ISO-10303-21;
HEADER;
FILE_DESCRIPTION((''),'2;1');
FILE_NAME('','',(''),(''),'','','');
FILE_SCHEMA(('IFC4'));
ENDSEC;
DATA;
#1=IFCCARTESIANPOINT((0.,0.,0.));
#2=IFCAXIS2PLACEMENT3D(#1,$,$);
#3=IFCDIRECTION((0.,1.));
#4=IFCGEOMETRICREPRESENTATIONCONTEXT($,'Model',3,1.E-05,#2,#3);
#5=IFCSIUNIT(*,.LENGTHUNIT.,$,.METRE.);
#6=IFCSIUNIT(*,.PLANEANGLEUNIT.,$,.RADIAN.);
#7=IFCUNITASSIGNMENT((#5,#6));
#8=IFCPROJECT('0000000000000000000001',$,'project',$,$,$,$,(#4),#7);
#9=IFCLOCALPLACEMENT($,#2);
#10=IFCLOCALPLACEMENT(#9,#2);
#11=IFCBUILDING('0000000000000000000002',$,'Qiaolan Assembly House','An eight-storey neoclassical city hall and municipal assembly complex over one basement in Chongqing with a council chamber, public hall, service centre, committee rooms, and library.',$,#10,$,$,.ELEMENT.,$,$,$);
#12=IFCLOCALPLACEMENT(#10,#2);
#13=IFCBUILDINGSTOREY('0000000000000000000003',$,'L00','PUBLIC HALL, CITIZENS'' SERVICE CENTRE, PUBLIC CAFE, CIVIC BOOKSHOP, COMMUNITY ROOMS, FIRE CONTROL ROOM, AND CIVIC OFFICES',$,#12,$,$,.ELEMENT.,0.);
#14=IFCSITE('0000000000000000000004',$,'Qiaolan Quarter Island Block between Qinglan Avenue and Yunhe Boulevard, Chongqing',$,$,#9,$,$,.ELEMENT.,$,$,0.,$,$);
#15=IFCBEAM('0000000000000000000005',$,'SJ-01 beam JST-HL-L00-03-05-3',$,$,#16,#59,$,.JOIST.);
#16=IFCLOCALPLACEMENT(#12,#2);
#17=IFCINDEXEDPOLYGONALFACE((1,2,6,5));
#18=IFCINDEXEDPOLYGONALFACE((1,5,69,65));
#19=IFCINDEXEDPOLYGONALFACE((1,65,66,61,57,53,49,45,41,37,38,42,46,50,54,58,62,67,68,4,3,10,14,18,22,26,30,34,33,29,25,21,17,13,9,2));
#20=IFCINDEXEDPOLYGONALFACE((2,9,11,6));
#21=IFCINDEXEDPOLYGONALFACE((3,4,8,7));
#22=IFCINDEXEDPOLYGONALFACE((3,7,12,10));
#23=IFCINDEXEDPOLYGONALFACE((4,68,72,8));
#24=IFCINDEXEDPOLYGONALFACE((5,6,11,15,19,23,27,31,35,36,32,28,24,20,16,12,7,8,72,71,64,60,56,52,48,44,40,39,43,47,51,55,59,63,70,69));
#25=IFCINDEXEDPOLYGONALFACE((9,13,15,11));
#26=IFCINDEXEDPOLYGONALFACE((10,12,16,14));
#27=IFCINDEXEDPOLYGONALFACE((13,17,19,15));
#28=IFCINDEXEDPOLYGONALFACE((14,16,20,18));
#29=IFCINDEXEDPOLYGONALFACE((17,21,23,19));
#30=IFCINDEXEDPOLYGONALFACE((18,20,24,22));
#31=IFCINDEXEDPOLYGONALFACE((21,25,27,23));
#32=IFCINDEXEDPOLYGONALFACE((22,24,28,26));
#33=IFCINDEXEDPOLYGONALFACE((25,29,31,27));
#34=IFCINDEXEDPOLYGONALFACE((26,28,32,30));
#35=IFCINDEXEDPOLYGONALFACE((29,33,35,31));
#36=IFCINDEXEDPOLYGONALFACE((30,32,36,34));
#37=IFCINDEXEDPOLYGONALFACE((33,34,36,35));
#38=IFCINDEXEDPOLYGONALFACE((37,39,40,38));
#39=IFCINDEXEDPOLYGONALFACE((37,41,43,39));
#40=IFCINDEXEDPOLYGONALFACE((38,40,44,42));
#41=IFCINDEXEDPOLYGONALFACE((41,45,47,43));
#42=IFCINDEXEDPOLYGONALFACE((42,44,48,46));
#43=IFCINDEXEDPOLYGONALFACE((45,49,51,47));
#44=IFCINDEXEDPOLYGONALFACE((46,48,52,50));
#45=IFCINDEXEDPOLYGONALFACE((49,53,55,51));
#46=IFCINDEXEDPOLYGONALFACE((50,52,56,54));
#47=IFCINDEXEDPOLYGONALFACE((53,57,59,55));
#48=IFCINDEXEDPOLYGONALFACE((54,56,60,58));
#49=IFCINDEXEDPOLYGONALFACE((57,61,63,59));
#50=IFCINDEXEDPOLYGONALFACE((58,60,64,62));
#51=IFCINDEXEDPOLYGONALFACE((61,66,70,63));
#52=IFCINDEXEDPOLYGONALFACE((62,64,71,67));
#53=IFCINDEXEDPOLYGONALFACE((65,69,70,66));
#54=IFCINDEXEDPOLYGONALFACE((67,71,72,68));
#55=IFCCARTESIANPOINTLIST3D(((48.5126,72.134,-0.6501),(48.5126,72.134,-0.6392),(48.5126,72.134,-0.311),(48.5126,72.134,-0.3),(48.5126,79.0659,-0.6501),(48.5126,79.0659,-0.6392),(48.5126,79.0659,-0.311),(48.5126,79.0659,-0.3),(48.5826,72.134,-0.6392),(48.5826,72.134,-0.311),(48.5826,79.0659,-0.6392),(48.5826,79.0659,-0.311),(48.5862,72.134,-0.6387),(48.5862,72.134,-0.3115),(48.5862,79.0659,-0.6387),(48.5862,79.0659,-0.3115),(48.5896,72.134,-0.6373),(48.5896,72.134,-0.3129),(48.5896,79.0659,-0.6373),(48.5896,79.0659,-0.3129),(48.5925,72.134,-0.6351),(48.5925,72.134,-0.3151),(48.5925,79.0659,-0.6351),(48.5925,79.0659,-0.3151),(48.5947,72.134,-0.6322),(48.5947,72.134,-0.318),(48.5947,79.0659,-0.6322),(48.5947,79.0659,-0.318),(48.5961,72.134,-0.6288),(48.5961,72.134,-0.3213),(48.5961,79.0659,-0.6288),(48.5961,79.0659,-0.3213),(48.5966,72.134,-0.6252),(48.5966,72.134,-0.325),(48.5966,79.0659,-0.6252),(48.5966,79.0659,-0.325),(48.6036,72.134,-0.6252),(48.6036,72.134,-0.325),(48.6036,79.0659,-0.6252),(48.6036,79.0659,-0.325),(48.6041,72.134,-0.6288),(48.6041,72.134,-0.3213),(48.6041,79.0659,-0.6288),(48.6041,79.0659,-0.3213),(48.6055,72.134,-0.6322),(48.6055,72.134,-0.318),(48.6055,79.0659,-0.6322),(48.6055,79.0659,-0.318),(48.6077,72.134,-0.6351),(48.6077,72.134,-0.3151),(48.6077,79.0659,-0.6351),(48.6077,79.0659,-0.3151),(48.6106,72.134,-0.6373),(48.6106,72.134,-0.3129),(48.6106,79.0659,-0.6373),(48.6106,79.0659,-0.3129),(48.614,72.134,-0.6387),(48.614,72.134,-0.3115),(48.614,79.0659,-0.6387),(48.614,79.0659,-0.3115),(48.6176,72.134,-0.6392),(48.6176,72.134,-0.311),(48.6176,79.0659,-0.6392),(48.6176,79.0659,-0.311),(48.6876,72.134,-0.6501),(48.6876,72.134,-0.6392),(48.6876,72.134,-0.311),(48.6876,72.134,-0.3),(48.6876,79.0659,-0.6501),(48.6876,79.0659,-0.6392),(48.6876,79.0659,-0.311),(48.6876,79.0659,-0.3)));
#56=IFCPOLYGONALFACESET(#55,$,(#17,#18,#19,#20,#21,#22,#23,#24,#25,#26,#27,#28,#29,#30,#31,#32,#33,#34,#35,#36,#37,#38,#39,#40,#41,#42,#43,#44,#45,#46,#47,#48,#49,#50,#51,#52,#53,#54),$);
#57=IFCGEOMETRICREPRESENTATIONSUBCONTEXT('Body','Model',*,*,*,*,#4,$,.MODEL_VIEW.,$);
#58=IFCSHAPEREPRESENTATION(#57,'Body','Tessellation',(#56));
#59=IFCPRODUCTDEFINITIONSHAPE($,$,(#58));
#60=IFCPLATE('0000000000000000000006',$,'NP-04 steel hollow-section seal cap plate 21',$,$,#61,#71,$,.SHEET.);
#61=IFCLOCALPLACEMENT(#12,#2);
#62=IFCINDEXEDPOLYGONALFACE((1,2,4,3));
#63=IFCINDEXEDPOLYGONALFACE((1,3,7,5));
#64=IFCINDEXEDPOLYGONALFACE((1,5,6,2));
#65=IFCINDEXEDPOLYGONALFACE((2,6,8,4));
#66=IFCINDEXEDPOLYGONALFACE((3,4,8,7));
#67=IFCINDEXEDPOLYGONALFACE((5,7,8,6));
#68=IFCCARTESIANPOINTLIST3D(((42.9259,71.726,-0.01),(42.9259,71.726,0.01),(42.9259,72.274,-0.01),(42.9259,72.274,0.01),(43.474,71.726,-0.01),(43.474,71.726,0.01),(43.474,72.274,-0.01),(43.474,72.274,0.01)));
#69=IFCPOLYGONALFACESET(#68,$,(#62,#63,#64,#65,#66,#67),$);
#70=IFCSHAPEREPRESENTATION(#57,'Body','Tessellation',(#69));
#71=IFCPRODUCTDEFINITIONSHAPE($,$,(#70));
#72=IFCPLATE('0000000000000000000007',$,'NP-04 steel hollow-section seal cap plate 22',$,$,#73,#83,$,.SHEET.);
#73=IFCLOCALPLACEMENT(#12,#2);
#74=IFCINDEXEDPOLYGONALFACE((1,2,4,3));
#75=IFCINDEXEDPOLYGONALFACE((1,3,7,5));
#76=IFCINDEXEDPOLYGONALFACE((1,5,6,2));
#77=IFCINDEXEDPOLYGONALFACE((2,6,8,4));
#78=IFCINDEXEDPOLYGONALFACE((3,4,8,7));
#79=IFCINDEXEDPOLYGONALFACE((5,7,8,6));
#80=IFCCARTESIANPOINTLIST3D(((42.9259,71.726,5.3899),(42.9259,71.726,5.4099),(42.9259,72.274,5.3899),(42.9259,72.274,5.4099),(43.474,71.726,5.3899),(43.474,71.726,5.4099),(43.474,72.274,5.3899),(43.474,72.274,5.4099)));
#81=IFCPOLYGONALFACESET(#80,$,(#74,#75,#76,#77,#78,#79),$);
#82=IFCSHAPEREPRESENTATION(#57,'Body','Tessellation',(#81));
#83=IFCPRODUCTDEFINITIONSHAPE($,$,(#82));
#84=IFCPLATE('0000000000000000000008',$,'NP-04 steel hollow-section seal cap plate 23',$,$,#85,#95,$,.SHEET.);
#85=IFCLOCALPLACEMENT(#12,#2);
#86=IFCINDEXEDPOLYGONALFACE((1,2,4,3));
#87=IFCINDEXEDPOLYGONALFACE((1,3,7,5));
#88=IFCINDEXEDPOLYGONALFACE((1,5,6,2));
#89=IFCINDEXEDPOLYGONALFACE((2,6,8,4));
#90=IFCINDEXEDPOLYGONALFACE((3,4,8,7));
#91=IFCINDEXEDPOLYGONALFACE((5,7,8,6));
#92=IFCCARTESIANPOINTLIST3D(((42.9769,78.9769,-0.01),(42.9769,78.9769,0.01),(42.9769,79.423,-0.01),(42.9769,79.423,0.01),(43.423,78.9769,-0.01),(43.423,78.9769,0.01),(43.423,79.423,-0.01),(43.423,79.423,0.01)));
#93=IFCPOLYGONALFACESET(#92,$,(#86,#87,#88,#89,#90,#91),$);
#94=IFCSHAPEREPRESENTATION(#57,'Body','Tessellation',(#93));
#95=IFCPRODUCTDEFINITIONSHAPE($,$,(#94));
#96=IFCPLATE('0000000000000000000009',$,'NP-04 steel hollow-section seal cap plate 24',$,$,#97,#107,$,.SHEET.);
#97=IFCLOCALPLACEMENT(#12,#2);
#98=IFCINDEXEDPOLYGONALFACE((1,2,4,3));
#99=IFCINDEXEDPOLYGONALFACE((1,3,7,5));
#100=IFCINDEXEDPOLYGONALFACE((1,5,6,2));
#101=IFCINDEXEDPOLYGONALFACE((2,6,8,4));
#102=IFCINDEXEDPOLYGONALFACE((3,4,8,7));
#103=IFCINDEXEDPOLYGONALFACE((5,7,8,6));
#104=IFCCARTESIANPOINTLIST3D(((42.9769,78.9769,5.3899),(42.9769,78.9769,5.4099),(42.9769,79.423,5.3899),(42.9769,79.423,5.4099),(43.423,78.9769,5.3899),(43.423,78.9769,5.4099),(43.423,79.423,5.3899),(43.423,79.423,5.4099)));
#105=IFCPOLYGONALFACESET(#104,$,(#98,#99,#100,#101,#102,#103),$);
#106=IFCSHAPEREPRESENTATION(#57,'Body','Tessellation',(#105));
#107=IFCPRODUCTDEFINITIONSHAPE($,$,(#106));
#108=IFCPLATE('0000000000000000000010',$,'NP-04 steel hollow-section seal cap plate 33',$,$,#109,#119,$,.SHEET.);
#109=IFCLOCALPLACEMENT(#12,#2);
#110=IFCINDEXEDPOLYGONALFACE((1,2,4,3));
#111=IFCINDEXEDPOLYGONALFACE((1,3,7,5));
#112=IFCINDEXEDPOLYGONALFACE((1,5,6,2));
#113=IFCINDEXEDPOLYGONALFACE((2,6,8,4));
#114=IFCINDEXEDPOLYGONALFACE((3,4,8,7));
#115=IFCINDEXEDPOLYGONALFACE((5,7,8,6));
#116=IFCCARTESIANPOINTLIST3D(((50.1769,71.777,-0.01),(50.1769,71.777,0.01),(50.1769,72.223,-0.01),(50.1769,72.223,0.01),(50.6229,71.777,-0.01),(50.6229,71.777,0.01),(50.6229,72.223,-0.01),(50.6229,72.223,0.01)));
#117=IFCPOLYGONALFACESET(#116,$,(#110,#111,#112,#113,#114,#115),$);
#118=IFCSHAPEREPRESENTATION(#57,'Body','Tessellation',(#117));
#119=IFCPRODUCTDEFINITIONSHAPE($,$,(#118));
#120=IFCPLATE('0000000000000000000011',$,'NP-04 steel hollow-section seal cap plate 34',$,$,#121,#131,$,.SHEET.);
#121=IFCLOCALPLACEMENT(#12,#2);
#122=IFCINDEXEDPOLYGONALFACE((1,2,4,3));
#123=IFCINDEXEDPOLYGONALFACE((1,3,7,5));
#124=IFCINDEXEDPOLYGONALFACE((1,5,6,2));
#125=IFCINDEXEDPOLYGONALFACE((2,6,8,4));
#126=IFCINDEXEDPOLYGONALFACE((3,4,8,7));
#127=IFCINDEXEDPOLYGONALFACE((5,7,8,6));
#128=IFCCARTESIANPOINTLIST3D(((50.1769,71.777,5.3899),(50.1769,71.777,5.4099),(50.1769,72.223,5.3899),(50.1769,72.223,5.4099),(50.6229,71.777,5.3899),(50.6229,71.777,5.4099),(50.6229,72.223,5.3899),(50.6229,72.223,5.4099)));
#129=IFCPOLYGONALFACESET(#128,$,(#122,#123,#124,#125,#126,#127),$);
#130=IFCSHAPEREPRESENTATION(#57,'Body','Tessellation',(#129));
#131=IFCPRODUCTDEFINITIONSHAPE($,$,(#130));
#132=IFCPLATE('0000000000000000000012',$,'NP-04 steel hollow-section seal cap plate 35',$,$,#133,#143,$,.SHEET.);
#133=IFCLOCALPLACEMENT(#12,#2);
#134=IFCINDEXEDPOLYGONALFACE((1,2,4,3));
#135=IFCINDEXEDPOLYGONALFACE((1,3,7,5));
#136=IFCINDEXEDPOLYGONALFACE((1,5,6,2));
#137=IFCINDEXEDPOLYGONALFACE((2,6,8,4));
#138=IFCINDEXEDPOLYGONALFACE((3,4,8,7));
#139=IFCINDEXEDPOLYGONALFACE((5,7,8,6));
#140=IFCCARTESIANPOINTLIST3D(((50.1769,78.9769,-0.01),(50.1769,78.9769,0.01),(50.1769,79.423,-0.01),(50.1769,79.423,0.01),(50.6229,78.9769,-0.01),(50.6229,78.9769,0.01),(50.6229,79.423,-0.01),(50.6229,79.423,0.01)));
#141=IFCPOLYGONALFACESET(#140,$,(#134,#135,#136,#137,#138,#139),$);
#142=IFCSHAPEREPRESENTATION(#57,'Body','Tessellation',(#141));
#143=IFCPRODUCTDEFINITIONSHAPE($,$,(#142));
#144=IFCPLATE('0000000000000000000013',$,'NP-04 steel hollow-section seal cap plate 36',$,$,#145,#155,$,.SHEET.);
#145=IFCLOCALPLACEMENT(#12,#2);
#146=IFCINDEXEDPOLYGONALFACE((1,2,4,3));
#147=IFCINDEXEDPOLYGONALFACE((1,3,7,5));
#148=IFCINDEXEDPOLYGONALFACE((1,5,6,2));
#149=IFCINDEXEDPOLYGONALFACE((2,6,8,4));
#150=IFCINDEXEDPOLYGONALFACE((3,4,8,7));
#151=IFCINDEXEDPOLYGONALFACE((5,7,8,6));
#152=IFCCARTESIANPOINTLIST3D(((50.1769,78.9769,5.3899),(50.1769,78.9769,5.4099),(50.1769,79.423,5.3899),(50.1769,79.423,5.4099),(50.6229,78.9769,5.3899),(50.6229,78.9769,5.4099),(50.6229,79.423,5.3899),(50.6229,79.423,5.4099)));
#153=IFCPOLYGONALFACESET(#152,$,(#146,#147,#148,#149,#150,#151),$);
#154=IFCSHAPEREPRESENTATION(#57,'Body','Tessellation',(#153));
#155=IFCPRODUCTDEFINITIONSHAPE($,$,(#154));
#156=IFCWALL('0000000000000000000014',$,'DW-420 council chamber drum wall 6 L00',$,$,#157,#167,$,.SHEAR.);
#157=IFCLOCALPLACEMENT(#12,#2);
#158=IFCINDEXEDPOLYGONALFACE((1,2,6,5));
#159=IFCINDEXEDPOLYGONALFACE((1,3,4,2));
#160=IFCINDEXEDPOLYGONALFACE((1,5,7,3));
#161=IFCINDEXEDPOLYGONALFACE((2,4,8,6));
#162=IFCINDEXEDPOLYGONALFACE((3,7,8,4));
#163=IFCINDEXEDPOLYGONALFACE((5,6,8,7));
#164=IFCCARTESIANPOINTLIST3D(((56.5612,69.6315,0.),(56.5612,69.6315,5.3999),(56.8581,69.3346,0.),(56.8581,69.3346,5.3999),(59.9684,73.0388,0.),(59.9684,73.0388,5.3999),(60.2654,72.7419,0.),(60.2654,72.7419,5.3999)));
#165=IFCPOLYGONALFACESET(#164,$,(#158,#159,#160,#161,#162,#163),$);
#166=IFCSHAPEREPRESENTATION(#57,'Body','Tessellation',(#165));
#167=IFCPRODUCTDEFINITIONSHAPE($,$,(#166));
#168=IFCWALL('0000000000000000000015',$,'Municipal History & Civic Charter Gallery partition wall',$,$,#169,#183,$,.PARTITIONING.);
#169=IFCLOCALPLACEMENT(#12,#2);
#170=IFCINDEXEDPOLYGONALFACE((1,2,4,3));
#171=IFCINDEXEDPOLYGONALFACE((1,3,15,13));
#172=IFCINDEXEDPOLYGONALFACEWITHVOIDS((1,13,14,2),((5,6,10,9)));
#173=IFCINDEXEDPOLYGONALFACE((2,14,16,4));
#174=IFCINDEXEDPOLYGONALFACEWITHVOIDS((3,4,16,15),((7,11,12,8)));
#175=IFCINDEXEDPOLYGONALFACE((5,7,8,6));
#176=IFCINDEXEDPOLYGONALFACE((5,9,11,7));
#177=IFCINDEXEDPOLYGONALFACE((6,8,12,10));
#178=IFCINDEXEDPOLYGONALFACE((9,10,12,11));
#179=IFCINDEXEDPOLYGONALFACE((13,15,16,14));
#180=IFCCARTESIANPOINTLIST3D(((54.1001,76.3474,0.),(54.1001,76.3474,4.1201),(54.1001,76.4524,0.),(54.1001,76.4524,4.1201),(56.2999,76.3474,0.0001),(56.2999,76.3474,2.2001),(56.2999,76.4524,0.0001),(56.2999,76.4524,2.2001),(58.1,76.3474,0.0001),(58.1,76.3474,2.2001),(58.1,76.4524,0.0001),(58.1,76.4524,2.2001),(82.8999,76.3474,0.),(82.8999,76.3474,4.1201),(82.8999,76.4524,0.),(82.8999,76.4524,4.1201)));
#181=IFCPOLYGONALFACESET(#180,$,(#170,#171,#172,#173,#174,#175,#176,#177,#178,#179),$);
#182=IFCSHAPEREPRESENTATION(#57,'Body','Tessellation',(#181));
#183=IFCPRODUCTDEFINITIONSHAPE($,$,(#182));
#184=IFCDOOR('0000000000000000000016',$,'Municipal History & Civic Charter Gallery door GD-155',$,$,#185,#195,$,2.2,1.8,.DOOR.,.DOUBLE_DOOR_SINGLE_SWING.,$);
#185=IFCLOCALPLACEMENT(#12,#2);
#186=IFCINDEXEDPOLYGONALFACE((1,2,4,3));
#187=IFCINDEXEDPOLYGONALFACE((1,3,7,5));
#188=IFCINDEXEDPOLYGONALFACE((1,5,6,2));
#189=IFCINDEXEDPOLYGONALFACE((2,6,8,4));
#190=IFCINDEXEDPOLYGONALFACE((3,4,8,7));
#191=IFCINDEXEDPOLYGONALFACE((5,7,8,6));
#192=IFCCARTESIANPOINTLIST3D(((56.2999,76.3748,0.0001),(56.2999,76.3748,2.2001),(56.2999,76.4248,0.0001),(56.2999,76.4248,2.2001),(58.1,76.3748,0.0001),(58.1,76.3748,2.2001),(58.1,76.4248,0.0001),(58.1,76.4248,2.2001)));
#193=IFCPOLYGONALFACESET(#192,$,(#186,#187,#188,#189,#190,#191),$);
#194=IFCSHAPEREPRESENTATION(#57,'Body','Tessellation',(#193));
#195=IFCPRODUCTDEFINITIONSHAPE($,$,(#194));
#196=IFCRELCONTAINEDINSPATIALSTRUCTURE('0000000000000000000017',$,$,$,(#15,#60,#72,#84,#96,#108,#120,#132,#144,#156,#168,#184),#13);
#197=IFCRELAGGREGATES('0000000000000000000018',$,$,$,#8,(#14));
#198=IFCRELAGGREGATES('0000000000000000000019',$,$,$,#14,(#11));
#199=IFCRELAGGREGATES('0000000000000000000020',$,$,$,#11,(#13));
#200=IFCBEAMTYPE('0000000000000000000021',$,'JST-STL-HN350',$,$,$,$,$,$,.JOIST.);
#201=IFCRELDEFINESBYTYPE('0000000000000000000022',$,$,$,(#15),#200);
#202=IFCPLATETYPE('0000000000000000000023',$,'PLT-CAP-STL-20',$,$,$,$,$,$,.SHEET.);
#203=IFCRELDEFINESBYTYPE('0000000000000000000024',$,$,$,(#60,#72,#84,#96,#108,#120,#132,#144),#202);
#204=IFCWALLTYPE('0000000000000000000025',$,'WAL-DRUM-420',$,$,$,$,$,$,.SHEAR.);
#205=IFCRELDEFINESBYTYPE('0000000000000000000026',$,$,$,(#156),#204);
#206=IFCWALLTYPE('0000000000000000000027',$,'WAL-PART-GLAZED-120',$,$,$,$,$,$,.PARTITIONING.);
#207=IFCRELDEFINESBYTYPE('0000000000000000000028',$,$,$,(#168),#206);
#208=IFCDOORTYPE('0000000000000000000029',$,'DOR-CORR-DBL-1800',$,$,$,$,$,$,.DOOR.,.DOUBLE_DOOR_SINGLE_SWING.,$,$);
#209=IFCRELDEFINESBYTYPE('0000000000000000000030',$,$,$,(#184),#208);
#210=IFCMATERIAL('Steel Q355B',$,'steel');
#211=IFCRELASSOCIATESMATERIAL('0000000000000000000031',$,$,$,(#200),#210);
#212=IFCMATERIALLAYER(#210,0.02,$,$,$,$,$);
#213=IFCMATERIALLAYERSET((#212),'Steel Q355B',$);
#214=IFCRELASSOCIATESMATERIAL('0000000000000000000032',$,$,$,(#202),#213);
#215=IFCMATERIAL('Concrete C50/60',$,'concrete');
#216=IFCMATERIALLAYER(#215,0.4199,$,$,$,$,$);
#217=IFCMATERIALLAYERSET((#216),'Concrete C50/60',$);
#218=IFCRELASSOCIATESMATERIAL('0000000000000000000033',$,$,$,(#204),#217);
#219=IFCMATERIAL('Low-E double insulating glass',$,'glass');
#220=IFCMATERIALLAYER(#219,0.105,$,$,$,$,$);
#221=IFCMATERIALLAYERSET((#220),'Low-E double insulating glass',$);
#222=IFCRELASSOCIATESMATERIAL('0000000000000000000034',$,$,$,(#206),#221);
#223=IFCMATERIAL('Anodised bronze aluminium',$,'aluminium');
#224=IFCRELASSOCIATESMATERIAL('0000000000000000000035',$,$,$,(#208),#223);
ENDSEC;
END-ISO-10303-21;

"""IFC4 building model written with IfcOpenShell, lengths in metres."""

from ifc_helpers import new_model, si_unit, direction, frame, frame_2d, origin, origin_2d, place, context, subcontext, project, spatial, rectangle, i_section, extrude, material, layer, layer_set, material_profile, profile_set, type_object, element, fill, save


model = new_model("IFC4")

# Units and contexts
model_context = context("Model", 3, precision=1e-05, world=origin(), true_north=direction((0.0, 1.0)))
body_context = subcontext(model_context, "Body", "Model", "MODEL_VIEW")
ifc_project = project(units=[si_unit("LENGTHUNIT", "METRE"), si_unit("PLANEANGLEUNIT", "RADIAN")], contexts=[model_context])

# Site, building, storey
site_placement = place(None, origin())
site = spatial("IfcSite", under=ifc_project, at=site_placement, Name="Qiaolan Quarter Island Block between Qinglan Avenue and Yunhe Boulevard, Chongqing", CompositionType="ELEMENT", RefElevation=0.0)
building_placement = place(site_placement, origin())
building = spatial("IfcBuilding", under=site, at=building_placement, Name="Qiaolan Assembly House", Description="An eight-storey neoclassical city hall and municipal assembly complex over one basement in Chongqing with a council chamber, public hall, service centre, committee rooms, and library.", CompositionType="ELEMENT")
storey_placement = place(building_placement, origin())
storey = spatial("IfcBuildingStorey", under=building, at=storey_placement, Name="L00", Description="PUBLIC HALL, CITIZENS' SERVICE CENTRE, PUBLIC CAFE, CIVIC BOOKSHOP, COMMUNITY ROOMS, FIRE CONTROL ROOM, AND CIVIC OFFICES", CompositionType="ELEMENT", Elevation=0.0)

# Shared definitions
ifc_material_1 = material(Name="Concrete C50/60", Category="concrete")
ifc_material_2 = material(Name="Steel Q355B", Category="steel")

# Beam
ifc_material_profile_1 = material_profile(ifc_material_2, i_section(OverallWidth=0.175, OverallDepth=0.3501, WebThickness=0.0071, FlangeThickness=0.011, FilletRadius=0.0139, at=origin_2d()), Name="HN 350x175x7x11")
ifc_profile_set_1 = profile_set([ifc_material_profile_1], Name="Steel Q355B")
beam_type_1 = type_object("IfcBeamType", Name="JST-STL-HN350", PredefinedType="JOIST", material=ifc_profile_set_1)
for number, where, z_axis, x_axis, name in (
    (1, (48.6001, 72.134, -0.4751), (0.0, 1.0, 0.0), (-1.0, 0.0, 0.0), "SJ-01 beam JST-HL-L00-03-05-3"),
):
    element("IfcBeam", number, at=place(storey_placement, frame(where, z_axis=z_axis, x_axis=x_axis)), inside=storey, type_object=beam_type_1, Name=name, PredefinedType="JOIST", context=body_context, shape_type="SweptSolid", body=[
        extrude(i_section(OverallWidth=0.175, OverallDepth=0.3501, WebThickness=0.0071, FlangeThickness=0.011, FilletRadius=0.0139, at=origin_2d()), origin(), (0.0, 0.0, 1.0), 6.9319),
    ])

# Plates
ifc_layer_1 = layer(ifc_material_2, 0.02)
ifc_layer_set_1 = layer_set([ifc_layer_1], Name="Steel Q355B")
plate_type = type_object("IfcPlateType", Name="PLT-CAP-STL-20", PredefinedType="SHEET", material=ifc_layer_set_1)
for number, where, z_axis, x_axis, name in (
    (2, (43.2, 72.0, -0.01), (0.0, 0.0, 1.0), (1.0, 0.0, 0.0), "NP-04 steel hollow-section seal cap plate 21"),
    (3, (43.2, 72.0, 5.3899), (0.0, 0.0, 1.0), (1.0, 0.0, 0.0), "NP-04 steel hollow-section seal cap plate 22"),
):
    element("IfcPlate", number, at=place(storey_placement, frame(where, z_axis=z_axis, x_axis=x_axis)), inside=storey, type_object=plate_type, Name=name, PredefinedType="SHEET", context=body_context, shape_type="SweptSolid", body=[
        extrude(rectangle(XDim=0.5481, YDim=0.5481, at=origin_2d()), origin(), (0.0, 0.0, 1.0), 0.02),
    ])
for number, where, z_axis, x_axis, name in (
    (4, (43.2, 79.2, -0.01), (0.0, 0.0, 1.0), (1.0, 0.0, 0.0), "NP-04 steel hollow-section seal cap plate 23"),
    (5, (43.2, 79.2, 5.3899), (0.0, 0.0, 1.0), (1.0, 0.0, 0.0), "NP-04 steel hollow-section seal cap plate 24"),
    (6, (50.3999, 72.0, -0.01), (0.0, 0.0, 1.0), (1.0, 0.0, 0.0), "NP-04 steel hollow-section seal cap plate 33"),
    (7, (50.3999, 72.0, 5.3899), (0.0, 0.0, 1.0), (1.0, 0.0, 0.0), "NP-04 steel hollow-section seal cap plate 34"),
    (8, (50.3999, 79.2, -0.01), (0.0, 0.0, 1.0), (1.0, 0.0, 0.0), "NP-04 steel hollow-section seal cap plate 35"),
    (9, (50.3999, 79.2, 5.3899), (0.0, 0.0, 1.0), (1.0, 0.0, 0.0), "NP-04 steel hollow-section seal cap plate 36"),
):
    element("IfcPlate", number, at=place(storey_placement, frame(where, z_axis=z_axis, x_axis=x_axis)), inside=storey, type_object=plate_type, Name=name, PredefinedType="SHEET", context=body_context, shape_type="SweptSolid", body=[
        extrude(rectangle(XDim=0.446, YDim=0.446, at=origin_2d()), origin(), (0.0, 0.0, 1.0), 0.02),
    ])

# Wall
ifc_layer_2 = layer(ifc_material_1, 0.4199)
ifc_layer_set_2 = layer_set([ifc_layer_2], Name="Concrete C50/60")
wall_type_1 = type_object("IfcWallType", Name="WAL-DRUM-420", PredefinedType="SHEAR", material=ifc_layer_set_2)
wall_1_placement = place(storey_placement, frame((56.7097, 69.4832, 0.0), z_axis=(0.0, 0.0, 1.0), x_axis=(0.707107, 0.707107, 0.0)))
element("IfcWall", 10, at=wall_1_placement, inside=storey, type_object=wall_type_1, Name="DW-420 council chamber drum wall 6 L00", PredefinedType="SHEAR", context=body_context, shape_type="SweptSolid", body=[
    extrude(rectangle(XDim=4.8186, YDim=0.4199, at=frame_2d((2.4092, 0.0))), origin(), (0.0, 0.0, 1.0), 5.3999),
])

# Wall, opening, door
ifc_material_3 = material(Name="Low-E double insulating glass", Category="glass")
ifc_layer_3 = layer(ifc_material_3, 0.105)
ifc_layer_set_3 = layer_set([ifc_layer_3], Name="Low-E double insulating glass")
wall_type_2 = type_object("IfcWallType", Name="WAL-PART-GLAZED-120", PredefinedType="PARTITIONING", material=ifc_layer_set_3)
wall_2_placement = place(storey_placement, frame((54.1001, 76.3999, 0.0), z_axis=(0.0, 0.0, 1.0), x_axis=(1.0, 0.0, 0.0)))
wall_2 = element("IfcWall", 11, at=wall_2_placement, inside=storey, type_object=wall_type_2, Name="Municipal History & Civic Charter Gallery partition wall", PredefinedType="PARTITIONING", context=body_context, shape_type="SweptSolid", body=[
    extrude(rectangle(XDim=28.7998, YDim=0.105, at=frame_2d((14.3999, 0.0))), origin(), (0.0, 0.0, 1.0), 4.1201),
])
opening_placement = place(wall_2_placement, frame((2.2, 0.0, 0.0)))
opening = element("IfcOpeningElement", 12, at=opening_placement, cuts=wall_2, PredefinedType="OPENING", context=body_context, shape_type="SweptSolid", body=[
    extrude(rectangle(XDim=1.8, YDim=2.2, at=frame_2d((0.8999, 1.1001))), frame((0.0, 0.0625, 0.0), z_axis=(0.0, -1.0, 0.0), x_axis=(1.0, 0.0, 0.0)), (0.0, 0.0, 1.0), 0.125),
])
ifc_material_4 = material(Name="Anodised bronze aluminium", Category="aluminium")
door_type = type_object("IfcDoorType", Name="DOR-CORR-DBL-1800", OperationType="DOUBLE_DOOR_SINGLE_SWING", PredefinedType="DOOR", material=ifc_material_4)
door_placement = place(opening_placement, origin())
door = element("IfcDoor", 13, at=door_placement, inside=storey, type_object=door_type, Name="Municipal History & Civic Charter Gallery door GD-155", OperationType="DOUBLE_DOOR_SINGLE_SWING", OverallHeight=2.2, OverallWidth=1.8, PredefinedType="DOOR", context=body_context, shape_type="SweptSolid", body=[
    extrude(rectangle(XDim=1.8, YDim=2.2, at=frame_2d((0.8999, 1.1001))), frame((0.0, 0.0249, 0.0), z_axis=(0.0, -1.0, 0.0), x_axis=(1.0, 0.0, 0.0)), (0.0, 0.0, 1.0), 0.05),
])
fill(opening, door)

save(model, "model.ifc")
